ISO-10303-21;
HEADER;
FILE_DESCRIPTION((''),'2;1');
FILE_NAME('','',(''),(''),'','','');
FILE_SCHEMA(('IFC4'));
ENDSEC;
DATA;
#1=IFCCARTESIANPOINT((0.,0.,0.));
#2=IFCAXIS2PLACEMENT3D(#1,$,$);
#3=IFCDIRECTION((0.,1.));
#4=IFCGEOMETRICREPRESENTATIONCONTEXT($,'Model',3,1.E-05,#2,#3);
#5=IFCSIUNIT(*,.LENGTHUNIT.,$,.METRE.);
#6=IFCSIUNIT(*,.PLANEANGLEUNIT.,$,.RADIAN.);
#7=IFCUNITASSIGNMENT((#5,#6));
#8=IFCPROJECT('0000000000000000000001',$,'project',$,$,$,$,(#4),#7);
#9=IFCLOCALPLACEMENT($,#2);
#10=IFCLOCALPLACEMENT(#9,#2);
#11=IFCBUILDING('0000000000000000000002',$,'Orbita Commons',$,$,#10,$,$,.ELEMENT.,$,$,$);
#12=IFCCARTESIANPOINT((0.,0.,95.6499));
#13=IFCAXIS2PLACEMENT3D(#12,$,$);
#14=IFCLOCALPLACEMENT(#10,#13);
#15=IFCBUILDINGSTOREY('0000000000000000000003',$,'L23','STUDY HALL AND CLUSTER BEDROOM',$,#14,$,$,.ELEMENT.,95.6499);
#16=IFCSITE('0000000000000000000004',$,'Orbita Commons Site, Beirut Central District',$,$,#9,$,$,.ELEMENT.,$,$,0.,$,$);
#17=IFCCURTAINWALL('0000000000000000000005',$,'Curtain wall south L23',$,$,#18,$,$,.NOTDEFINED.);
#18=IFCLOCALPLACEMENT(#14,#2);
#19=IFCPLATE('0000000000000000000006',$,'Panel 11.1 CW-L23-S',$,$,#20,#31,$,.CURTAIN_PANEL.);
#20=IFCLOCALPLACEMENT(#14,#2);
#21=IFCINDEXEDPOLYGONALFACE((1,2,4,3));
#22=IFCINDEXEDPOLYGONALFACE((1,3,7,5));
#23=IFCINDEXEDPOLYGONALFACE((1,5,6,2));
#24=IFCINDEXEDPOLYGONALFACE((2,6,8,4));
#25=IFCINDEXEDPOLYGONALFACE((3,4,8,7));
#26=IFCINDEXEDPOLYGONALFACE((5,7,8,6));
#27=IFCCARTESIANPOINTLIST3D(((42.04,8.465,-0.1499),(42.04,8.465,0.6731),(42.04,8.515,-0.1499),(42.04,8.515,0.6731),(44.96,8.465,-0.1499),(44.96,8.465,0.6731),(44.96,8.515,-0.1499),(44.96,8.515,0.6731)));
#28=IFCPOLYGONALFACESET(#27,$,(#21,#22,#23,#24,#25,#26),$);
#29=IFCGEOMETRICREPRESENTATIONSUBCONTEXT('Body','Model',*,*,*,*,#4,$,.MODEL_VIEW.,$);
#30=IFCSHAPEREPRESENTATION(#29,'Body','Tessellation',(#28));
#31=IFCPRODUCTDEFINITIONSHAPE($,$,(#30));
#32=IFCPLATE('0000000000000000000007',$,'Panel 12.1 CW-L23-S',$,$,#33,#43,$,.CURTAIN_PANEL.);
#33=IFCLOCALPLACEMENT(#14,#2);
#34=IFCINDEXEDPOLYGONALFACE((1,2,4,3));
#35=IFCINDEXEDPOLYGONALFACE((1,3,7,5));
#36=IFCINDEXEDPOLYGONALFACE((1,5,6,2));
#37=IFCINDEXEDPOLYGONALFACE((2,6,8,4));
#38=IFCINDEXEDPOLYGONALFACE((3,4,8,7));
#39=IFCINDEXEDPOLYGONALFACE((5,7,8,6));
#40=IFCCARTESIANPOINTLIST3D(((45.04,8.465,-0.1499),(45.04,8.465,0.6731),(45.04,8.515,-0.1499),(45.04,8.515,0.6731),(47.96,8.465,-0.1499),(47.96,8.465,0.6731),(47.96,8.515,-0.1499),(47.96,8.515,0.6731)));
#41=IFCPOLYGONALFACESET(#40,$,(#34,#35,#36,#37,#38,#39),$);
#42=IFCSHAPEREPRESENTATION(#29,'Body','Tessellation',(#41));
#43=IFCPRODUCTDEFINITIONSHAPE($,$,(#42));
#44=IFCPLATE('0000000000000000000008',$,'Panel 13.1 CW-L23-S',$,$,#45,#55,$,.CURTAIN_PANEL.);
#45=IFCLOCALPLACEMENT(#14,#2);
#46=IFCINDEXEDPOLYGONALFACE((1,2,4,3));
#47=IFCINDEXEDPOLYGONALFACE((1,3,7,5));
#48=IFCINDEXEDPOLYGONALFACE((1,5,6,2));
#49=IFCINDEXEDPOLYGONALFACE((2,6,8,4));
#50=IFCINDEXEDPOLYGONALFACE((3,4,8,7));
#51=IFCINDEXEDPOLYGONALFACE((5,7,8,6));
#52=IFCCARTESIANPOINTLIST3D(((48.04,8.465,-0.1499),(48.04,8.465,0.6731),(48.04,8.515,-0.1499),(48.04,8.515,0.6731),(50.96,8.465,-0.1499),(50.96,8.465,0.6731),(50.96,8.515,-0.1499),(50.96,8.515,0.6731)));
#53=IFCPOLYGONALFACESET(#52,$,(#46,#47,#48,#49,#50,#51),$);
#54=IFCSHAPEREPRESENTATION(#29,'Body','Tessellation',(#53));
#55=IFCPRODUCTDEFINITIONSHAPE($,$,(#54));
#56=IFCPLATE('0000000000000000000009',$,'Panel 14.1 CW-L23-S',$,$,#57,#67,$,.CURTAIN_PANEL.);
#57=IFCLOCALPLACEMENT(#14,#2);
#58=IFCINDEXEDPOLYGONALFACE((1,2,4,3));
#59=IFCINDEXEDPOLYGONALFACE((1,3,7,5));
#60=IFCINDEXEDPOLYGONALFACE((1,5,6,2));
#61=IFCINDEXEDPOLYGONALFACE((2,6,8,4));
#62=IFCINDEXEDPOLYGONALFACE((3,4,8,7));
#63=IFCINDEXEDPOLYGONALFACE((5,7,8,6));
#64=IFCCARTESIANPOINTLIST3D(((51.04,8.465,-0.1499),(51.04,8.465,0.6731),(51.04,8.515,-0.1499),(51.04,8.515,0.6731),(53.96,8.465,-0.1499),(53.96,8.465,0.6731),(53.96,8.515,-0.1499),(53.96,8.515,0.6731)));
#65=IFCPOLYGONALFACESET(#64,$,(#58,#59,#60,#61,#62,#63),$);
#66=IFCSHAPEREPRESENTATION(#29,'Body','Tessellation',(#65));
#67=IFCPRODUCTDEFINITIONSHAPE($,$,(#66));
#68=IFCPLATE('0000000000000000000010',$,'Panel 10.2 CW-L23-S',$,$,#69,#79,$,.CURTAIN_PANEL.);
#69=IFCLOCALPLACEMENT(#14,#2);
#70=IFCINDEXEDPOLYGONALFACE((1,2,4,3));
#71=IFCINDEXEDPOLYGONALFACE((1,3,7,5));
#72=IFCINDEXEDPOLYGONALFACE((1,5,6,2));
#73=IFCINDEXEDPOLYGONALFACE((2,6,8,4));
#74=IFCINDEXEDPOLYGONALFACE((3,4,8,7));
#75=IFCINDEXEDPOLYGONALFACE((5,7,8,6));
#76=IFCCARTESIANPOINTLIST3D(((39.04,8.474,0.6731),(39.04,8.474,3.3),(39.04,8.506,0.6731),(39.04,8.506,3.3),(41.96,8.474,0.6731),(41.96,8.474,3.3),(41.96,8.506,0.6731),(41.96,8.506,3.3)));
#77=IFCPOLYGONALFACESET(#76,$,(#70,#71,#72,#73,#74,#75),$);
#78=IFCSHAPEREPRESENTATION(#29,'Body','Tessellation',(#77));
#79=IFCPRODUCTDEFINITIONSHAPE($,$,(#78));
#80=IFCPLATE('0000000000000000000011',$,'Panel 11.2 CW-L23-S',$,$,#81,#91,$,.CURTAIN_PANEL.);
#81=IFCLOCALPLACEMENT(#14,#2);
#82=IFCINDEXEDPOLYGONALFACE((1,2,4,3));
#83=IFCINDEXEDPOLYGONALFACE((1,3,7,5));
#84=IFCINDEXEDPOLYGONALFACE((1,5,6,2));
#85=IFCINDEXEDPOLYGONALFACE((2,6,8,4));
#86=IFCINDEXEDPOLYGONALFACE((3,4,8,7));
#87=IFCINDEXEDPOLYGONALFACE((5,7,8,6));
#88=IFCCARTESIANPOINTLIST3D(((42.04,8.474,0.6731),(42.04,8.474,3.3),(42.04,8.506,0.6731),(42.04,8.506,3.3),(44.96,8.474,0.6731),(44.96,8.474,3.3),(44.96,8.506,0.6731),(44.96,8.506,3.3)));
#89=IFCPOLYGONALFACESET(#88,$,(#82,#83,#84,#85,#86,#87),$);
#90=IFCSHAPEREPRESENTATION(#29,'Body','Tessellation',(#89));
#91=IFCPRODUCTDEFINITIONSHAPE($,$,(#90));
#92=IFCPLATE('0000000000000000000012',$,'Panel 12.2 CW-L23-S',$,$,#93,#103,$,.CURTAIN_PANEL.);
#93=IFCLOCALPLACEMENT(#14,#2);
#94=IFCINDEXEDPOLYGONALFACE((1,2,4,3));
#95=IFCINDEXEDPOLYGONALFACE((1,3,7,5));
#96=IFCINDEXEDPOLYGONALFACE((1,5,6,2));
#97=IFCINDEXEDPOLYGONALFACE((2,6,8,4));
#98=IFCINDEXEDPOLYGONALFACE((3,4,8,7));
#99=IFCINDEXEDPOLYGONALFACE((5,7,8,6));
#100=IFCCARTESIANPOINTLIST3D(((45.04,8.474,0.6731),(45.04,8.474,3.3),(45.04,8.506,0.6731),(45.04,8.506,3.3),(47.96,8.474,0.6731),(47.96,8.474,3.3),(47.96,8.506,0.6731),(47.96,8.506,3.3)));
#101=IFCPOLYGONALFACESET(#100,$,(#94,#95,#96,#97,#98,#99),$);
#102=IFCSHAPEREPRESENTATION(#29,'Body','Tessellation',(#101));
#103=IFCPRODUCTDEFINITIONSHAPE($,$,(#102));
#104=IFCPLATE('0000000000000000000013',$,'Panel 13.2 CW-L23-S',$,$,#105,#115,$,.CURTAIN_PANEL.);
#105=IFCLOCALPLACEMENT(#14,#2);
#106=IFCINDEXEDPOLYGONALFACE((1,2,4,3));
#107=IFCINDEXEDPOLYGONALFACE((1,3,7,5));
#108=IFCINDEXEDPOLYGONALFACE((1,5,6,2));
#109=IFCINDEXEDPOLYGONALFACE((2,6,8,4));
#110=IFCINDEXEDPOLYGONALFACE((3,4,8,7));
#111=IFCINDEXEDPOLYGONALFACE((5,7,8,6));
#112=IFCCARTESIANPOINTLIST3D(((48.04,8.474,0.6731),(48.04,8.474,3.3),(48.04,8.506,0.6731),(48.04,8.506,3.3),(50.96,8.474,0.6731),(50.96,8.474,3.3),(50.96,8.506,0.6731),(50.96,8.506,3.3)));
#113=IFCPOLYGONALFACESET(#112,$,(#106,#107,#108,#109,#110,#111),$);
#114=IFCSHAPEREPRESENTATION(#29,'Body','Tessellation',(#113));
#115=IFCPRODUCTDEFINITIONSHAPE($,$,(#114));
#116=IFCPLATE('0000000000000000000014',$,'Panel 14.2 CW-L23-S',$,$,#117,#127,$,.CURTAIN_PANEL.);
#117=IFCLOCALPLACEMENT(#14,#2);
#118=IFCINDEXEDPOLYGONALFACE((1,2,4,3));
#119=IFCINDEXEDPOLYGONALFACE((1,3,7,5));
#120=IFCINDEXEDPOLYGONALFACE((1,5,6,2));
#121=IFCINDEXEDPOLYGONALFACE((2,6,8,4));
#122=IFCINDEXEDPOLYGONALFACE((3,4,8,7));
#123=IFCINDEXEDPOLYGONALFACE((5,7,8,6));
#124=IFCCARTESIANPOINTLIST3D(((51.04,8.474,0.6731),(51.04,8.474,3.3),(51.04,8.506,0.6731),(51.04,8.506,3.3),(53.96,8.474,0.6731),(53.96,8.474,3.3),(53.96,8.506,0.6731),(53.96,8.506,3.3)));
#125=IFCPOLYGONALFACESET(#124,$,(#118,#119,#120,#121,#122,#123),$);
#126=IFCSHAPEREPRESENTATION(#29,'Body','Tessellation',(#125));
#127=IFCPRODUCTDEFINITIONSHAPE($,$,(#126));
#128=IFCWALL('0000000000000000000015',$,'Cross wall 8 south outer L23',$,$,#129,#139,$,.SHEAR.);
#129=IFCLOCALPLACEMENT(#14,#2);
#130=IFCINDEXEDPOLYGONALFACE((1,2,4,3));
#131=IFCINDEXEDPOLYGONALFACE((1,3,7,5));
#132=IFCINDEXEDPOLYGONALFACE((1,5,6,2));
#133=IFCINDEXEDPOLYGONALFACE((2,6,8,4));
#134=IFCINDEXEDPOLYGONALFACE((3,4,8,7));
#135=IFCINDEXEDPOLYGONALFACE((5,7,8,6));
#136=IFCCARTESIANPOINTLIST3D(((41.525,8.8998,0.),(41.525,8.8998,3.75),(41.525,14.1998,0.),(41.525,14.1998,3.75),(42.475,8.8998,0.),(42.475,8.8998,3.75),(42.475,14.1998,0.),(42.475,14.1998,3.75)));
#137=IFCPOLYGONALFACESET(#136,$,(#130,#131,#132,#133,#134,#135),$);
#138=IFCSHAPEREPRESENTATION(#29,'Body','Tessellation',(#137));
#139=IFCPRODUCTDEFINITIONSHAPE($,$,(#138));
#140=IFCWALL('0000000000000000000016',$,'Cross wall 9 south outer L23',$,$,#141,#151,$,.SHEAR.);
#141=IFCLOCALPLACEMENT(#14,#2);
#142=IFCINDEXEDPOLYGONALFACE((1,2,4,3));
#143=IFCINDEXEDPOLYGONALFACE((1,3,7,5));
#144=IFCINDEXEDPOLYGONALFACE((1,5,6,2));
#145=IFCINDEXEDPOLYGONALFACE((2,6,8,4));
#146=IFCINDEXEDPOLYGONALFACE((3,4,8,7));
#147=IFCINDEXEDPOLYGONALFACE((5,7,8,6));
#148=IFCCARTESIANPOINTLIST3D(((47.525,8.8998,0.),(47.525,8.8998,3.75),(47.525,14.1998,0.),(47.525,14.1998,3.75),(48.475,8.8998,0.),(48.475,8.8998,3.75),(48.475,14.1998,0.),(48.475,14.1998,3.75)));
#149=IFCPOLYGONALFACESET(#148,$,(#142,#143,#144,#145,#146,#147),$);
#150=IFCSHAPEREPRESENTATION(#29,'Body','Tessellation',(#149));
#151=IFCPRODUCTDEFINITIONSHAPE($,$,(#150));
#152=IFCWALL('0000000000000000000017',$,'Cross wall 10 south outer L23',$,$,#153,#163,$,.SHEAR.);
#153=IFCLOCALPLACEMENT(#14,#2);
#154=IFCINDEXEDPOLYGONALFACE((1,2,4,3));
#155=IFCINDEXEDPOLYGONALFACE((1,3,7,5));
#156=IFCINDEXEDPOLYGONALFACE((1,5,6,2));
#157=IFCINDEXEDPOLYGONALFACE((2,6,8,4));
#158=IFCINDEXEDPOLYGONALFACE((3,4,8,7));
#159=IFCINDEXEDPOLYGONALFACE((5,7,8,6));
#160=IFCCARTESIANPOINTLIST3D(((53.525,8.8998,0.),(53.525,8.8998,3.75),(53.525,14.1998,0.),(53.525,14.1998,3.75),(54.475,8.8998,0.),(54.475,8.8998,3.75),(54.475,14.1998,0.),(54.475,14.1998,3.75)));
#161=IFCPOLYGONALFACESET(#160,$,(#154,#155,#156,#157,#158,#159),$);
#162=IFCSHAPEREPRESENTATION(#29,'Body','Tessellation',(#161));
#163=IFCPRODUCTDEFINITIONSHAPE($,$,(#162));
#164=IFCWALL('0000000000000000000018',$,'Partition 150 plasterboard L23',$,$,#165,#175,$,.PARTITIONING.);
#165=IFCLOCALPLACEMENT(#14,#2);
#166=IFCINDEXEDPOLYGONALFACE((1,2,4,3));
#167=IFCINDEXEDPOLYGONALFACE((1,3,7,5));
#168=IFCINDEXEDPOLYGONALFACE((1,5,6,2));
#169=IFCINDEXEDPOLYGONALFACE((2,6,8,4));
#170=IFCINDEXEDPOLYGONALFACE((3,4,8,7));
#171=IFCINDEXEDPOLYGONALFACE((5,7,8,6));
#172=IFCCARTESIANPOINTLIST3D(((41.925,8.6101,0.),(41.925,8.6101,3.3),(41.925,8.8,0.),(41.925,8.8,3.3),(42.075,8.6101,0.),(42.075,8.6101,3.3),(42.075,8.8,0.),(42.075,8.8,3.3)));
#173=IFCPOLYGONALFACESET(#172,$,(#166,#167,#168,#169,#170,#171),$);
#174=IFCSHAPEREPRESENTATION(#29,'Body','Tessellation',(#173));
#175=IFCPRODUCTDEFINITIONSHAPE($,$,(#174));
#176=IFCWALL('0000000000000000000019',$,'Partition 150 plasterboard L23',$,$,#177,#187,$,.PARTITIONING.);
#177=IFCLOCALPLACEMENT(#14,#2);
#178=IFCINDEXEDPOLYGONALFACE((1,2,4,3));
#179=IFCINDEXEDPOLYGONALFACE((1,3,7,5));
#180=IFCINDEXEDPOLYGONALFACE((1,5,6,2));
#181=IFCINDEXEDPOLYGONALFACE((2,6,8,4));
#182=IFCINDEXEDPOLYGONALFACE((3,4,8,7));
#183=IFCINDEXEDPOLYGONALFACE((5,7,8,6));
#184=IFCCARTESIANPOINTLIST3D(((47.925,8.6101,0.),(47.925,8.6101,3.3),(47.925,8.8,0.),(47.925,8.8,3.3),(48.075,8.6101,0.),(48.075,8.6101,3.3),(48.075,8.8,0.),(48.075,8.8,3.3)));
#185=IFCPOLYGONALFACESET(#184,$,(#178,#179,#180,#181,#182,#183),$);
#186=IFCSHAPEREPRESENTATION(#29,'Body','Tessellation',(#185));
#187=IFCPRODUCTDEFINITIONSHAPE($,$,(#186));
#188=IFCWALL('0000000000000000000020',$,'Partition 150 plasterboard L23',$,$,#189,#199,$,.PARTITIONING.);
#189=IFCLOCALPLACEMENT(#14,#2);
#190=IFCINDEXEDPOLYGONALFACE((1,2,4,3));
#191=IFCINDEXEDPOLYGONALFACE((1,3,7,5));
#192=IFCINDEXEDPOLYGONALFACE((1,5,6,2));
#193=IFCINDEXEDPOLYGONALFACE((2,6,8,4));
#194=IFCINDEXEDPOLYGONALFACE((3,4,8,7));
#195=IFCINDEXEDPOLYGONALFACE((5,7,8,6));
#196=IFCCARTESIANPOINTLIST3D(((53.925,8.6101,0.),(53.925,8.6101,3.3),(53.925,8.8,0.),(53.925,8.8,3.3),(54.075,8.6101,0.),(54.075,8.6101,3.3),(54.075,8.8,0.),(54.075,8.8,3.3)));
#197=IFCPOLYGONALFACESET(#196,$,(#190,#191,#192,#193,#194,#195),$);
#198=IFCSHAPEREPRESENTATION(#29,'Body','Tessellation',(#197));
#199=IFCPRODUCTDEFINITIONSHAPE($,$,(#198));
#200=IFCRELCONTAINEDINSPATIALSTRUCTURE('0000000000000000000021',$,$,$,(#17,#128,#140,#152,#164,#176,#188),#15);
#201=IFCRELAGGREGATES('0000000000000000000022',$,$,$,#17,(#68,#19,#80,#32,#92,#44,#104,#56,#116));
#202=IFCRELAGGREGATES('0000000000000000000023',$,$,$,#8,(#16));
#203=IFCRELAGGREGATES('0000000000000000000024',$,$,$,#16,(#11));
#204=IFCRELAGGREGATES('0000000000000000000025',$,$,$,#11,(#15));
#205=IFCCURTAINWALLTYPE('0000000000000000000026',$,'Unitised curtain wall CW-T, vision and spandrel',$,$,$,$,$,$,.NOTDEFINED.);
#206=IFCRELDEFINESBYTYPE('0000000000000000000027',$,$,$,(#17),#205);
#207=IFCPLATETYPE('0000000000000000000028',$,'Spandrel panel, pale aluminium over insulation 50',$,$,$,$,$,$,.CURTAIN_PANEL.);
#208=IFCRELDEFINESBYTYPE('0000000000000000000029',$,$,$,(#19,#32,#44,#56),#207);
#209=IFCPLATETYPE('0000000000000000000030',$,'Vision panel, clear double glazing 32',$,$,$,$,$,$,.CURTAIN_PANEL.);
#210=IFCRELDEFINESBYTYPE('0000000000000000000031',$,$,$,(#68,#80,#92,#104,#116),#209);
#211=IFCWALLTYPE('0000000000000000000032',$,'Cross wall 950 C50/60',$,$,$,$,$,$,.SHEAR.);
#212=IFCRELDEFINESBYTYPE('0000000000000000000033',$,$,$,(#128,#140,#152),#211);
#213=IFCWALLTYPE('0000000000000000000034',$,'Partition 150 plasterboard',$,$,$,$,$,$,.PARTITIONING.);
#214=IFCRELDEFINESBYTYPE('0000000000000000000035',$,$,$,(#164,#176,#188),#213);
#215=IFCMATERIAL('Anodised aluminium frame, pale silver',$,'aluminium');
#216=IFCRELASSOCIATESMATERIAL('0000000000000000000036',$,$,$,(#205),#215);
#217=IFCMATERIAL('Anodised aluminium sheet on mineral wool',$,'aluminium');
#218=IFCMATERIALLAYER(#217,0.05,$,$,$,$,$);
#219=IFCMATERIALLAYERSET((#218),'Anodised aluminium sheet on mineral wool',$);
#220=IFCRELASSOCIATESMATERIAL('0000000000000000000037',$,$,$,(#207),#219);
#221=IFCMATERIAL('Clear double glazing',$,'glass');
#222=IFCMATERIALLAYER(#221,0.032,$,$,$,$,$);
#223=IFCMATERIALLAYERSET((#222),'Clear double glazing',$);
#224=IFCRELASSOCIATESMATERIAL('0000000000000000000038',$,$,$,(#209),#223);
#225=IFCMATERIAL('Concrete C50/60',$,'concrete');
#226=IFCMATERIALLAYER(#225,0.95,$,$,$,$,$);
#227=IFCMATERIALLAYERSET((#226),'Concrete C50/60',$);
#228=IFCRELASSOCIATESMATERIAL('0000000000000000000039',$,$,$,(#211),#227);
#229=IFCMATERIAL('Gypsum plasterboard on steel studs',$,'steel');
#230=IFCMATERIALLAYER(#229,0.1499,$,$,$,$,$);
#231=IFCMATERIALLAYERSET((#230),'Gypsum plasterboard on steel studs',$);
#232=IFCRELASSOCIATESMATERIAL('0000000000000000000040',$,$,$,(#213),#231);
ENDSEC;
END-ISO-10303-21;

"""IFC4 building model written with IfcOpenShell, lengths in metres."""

from ifc_helpers import new_model, si_unit, direction, frame, frame_2d, origin, origin_2d, place, context, subcontext, project, spatial, rectangle, extrude, material, layer, layer_set, type_object, element, aggregate, save


model = new_model("IFC4")

# Units and contexts
model_context = context("Model", 3, precision=1e-05, world=origin(), true_north=direction((0.0, 1.0)))
body_context = subcontext(model_context, "Body", "Model", "MODEL_VIEW")
ifc_project = project(units=[si_unit("LENGTHUNIT", "METRE"), si_unit("PLANEANGLEUNIT", "RADIAN")], contexts=[model_context])

# Site, building, storey
site_placement = place(None, origin())
site = spatial("IfcSite", under=ifc_project, at=site_placement, Name="Orbita Commons Site, Beirut Central District", CompositionType="ELEMENT", RefElevation=0.0)
building_placement = place(site_placement, origin())
building = spatial("IfcBuilding", under=site, at=building_placement, Name="Orbita Commons", CompositionType="ELEMENT")
storey_placement = place(building_placement, frame((0.0, 0.0, 95.6499)))
storey = spatial("IfcBuildingStorey", under=building, at=storey_placement, Name="L23", Description="STUDY HALL AND CLUSTER BEDROOM", CompositionType="ELEMENT", Elevation=95.6499)

# Curtain wall, plates
ifc_material_1 = material(Name="Anodised aluminium frame, pale silver", Category="aluminium")
curtain_wall_type = type_object("IfcCurtainWallType", Name="Unitised curtain wall CW-T, vision and spandrel", PredefinedType="NOTDEFINED", material=ifc_material_1)
curtain_wall_placement = place(storey_placement, origin())
curtain_wall = element("IfcCurtainWall", 1, at=curtain_wall_placement, inside=storey, type_object=curtain_wall_type, Name="Curtain wall south L23", PredefinedType="NOTDEFINED")
ifc_material_2 = material(Name="Anodised aluminium sheet on mineral wool", Category="aluminium")
ifc_layer_1 = layer(ifc_material_2, 0.05)
ifc_layer_set_1 = layer_set([ifc_layer_1], Name="Anodised aluminium sheet on mineral wool")
plate_type_1 = type_object("IfcPlateType", Name="Spandrel panel, pale aluminium over insulation 50", PredefinedType="CURTAIN_PANEL", material=ifc_layer_set_1)
plate_1_placement = place(storey_placement, frame((43.5, 8.49, -0.1499), z_axis=(0.0, 0.0, 1.0), x_axis=(1.0, 0.0, 0.0)))
plate_1 = element("IfcPlate", 2, at=plate_1_placement, type_object=plate_type_1, Name="Panel 11.1 CW-L23-S", PredefinedType="CURTAIN_PANEL", context=body_context, shape_type="SweptSolid", body=[
    extrude(rectangle(XDim=2.9199, YDim=0.05, at=origin_2d()), origin(), (0.0, 0.0, 1.0), 0.823),
])
plate_2_placement = place(storey_placement, frame((46.5, 8.49, -0.1499), z_axis=(0.0, 0.0, 1.0), x_axis=(1.0, 0.0, 0.0)))
plate_2 = element("IfcPlate", 3, at=plate_2_placement, type_object=plate_type_1, Name="Panel 12.1 CW-L23-S", PredefinedType="CURTAIN_PANEL", context=body_context, shape_type="SweptSolid", body=[
    extrude(rectangle(XDim=2.9199, YDim=0.05, at=origin_2d()), origin(), (0.0, 0.0, 1.0), 0.823),
])
plate_3_placement = place(storey_placement, frame((49.5, 8.49, -0.1499), z_axis=(0.0, 0.0, 1.0), x_axis=(1.0, 0.0, 0.0)))
plate_3 = element("IfcPlate", 4, at=plate_3_placement, type_object=plate_type_1, Name="Panel 13.1 CW-L23-S", PredefinedType="CURTAIN_PANEL", context=body_context, shape_type="SweptSolid", body=[
    extrude(rectangle(XDim=2.9199, YDim=0.05, at=origin_2d()), origin(), (0.0, 0.0, 1.0), 0.823),
])
plate_4_placement = place(storey_placement, frame((52.5, 8.49, -0.1499), z_axis=(0.0, 0.0, 1.0), x_axis=(1.0, 0.0, 0.0)))
plate_4 = element("IfcPlate", 5, at=plate_4_placement, type_object=plate_type_1, Name="Panel 14.1 CW-L23-S", PredefinedType="CURTAIN_PANEL", context=body_context, shape_type="SweptSolid", body=[
    extrude(rectangle(XDim=2.9199, YDim=0.05, at=origin_2d()), origin(), (0.0, 0.0, 1.0), 0.823),
])
ifc_material_3 = material(Name="Clear double glazing", Category="glass")
ifc_layer_2 = layer(ifc_material_3, 0.032)
ifc_layer_set_2 = layer_set([ifc_layer_2], Name="Clear double glazing")
plate_type_2 = type_object("IfcPlateType", Name="Vision panel, clear double glazing 32", PredefinedType="CURTAIN_PANEL", material=ifc_layer_set_2)
plate_5_placement = place(storey_placement, frame((40.5, 8.49, 0.6731), z_axis=(0.0, 0.0, 1.0), x_axis=(1.0, 0.0, 0.0)))
plate_5 = element("IfcPlate", 6, at=plate_5_placement, type_object=plate_type_2, Name="Panel 10.2 CW-L23-S", PredefinedType="CURTAIN_PANEL", context=body_context, shape_type="SweptSolid", body=[
    extrude(rectangle(XDim=2.9199, YDim=0.032, at=origin_2d()), origin(), (0.0, 0.0, 1.0), 2.627),
])
plate_6_placement = place(storey_placement, frame((43.5, 8.49, 0.6731), z_axis=(0.0, 0.0, 1.0), x_axis=(1.0, 0.0, 0.0)))
plate_6 = element("IfcPlate", 7, at=plate_6_placement, type_object=plate_type_2, Name="Panel 11.2 CW-L23-S", PredefinedType="CURTAIN_PANEL", context=body_context, shape_type="SweptSolid", body=[
    extrude(rectangle(XDim=2.9199, YDim=0.032, at=origin_2d()), origin(), (0.0, 0.0, 1.0), 2.627),
])
plate_7_placement = place(storey_placement, frame((46.5, 8.49, 0.6731), z_axis=(0.0, 0.0, 1.0), x_axis=(1.0, 0.0, 0.0)))
plate_7 = element("IfcPlate", 8, at=plate_7_placement, type_object=plate_type_2, Name="Panel 12.2 CW-L23-S", PredefinedType="CURTAIN_PANEL", context=body_context, shape_type="SweptSolid", body=[
    extrude(rectangle(XDim=2.9199, YDim=0.032, at=origin_2d()), origin(), (0.0, 0.0, 1.0), 2.627),
])
plate_8_placement = place(storey_placement, frame((49.5, 8.49, 0.6731), z_axis=(0.0, 0.0, 1.0), x_axis=(1.0, 0.0, 0.0)))
plate_8 = element("IfcPlate", 9, at=plate_8_placement, type_object=plate_type_2, Name="Panel 13.2 CW-L23-S", PredefinedType="CURTAIN_PANEL", context=body_context, shape_type="SweptSolid", body=[
    extrude(rectangle(XDim=2.9199, YDim=0.032, at=origin_2d()), origin(), (0.0, 0.0, 1.0), 2.627),
])
plate_9_placement = place(storey_placement, frame((52.5, 8.49, 0.6731), z_axis=(0.0, 0.0, 1.0), x_axis=(1.0, 0.0, 0.0)))
plate_9 = element("IfcPlate", 10, at=plate_9_placement, type_object=plate_type_2, Name="Panel 14.2 CW-L23-S", PredefinedType="CURTAIN_PANEL", context=body_context, shape_type="SweptSolid", body=[
    extrude(rectangle(XDim=2.9199, YDim=0.032, at=origin_2d()), origin(), (0.0, 0.0, 1.0), 2.627),
])
aggregate(curtain_wall, [plate_5, plate_1, plate_6, plate_2, plate_7, plate_3, plate_8, plate_4, plate_9])

# Walls
ifc_material_4 = material(Name="Concrete C50/60", Category="concrete")
ifc_layer_3 = layer(ifc_material_4, 0.95)
ifc_layer_set_3 = layer_set([ifc_layer_3], Name="Concrete C50/60")
wall_type_1 = type_object("IfcWallType", Name="Cross wall 950 C50/60", PredefinedType="SHEAR", material=ifc_layer_set_3)
for number, where, z_axis, x_axis, name in (
    (11, (42.0, 8.8999, 0.0), (0.0, 0.0, 1.0), (0.0, 1.0, 0.0), "Cross wall 8 south outer L23"),
    (12, (48.0, 8.8999, 0.0), (0.0, 0.0, 1.0), (0.0, 1.0, 0.0), "Cross wall 9 south outer L23"),
    (13, (54.0, 8.8999, 0.0), (0.0, 0.0, 1.0), (0.0, 1.0, 0.0), "Cross wall 10 south outer L23"),
):
    element("IfcWall", number, at=place(storey_placement, frame(where, z_axis=z_axis, x_axis=x_axis)), inside=storey, type_object=wall_type_1, Name=name, PredefinedType="SHEAR", context=body_context, shape_type="SweptSolid", body=[
        extrude(rectangle(XDim=5.3, YDim=0.95, at=frame_2d((2.6499, 0.0))), origin(), (0.0, 0.0, 1.0), 3.75),
    ])
ifc_material_5 = material(Name="Gypsum plasterboard on steel studs", Category="steel")
ifc_layer_4 = layer(ifc_material_5, 0.1499)
ifc_layer_set_4 = layer_set([ifc_layer_4], Name="Gypsum plasterboard on steel studs")
wall_type_2 = type_object("IfcWallType", Name="Partition 150 plasterboard", PredefinedType="PARTITIONING", material=ifc_layer_set_4)
for number, where, z_axis, x_axis, name in (
    (14, (42.0, 8.8, 0.0), (0.0, 0.0, 1.0), (0.0, -1.0, 0.0), "Partition 150 plasterboard L23"),
    (15, (48.0, 8.8, 0.0), (0.0, 0.0, 1.0), (0.0, -1.0, 0.0), "Partition 150 plasterboard L23"),
    (16, (54.0, 8.8, 0.0), (0.0, 0.0, 1.0), (0.0, -1.0, 0.0), "Partition 150 plasterboard L23"),
):
    element("IfcWall", number, at=place(storey_placement, frame(where, z_axis=z_axis, x_axis=x_axis)), inside=storey, type_object=wall_type_2, Name=name, PredefinedType="PARTITIONING", context=body_context, shape_type="SweptSolid", body=[
        extrude(rectangle(XDim=0.1899, YDim=0.1499, at=frame_2d((0.095, 0.0))), origin(), (0.0, 0.0, 1.0), 3.3),
    ])

save(model, "model.ifc")
